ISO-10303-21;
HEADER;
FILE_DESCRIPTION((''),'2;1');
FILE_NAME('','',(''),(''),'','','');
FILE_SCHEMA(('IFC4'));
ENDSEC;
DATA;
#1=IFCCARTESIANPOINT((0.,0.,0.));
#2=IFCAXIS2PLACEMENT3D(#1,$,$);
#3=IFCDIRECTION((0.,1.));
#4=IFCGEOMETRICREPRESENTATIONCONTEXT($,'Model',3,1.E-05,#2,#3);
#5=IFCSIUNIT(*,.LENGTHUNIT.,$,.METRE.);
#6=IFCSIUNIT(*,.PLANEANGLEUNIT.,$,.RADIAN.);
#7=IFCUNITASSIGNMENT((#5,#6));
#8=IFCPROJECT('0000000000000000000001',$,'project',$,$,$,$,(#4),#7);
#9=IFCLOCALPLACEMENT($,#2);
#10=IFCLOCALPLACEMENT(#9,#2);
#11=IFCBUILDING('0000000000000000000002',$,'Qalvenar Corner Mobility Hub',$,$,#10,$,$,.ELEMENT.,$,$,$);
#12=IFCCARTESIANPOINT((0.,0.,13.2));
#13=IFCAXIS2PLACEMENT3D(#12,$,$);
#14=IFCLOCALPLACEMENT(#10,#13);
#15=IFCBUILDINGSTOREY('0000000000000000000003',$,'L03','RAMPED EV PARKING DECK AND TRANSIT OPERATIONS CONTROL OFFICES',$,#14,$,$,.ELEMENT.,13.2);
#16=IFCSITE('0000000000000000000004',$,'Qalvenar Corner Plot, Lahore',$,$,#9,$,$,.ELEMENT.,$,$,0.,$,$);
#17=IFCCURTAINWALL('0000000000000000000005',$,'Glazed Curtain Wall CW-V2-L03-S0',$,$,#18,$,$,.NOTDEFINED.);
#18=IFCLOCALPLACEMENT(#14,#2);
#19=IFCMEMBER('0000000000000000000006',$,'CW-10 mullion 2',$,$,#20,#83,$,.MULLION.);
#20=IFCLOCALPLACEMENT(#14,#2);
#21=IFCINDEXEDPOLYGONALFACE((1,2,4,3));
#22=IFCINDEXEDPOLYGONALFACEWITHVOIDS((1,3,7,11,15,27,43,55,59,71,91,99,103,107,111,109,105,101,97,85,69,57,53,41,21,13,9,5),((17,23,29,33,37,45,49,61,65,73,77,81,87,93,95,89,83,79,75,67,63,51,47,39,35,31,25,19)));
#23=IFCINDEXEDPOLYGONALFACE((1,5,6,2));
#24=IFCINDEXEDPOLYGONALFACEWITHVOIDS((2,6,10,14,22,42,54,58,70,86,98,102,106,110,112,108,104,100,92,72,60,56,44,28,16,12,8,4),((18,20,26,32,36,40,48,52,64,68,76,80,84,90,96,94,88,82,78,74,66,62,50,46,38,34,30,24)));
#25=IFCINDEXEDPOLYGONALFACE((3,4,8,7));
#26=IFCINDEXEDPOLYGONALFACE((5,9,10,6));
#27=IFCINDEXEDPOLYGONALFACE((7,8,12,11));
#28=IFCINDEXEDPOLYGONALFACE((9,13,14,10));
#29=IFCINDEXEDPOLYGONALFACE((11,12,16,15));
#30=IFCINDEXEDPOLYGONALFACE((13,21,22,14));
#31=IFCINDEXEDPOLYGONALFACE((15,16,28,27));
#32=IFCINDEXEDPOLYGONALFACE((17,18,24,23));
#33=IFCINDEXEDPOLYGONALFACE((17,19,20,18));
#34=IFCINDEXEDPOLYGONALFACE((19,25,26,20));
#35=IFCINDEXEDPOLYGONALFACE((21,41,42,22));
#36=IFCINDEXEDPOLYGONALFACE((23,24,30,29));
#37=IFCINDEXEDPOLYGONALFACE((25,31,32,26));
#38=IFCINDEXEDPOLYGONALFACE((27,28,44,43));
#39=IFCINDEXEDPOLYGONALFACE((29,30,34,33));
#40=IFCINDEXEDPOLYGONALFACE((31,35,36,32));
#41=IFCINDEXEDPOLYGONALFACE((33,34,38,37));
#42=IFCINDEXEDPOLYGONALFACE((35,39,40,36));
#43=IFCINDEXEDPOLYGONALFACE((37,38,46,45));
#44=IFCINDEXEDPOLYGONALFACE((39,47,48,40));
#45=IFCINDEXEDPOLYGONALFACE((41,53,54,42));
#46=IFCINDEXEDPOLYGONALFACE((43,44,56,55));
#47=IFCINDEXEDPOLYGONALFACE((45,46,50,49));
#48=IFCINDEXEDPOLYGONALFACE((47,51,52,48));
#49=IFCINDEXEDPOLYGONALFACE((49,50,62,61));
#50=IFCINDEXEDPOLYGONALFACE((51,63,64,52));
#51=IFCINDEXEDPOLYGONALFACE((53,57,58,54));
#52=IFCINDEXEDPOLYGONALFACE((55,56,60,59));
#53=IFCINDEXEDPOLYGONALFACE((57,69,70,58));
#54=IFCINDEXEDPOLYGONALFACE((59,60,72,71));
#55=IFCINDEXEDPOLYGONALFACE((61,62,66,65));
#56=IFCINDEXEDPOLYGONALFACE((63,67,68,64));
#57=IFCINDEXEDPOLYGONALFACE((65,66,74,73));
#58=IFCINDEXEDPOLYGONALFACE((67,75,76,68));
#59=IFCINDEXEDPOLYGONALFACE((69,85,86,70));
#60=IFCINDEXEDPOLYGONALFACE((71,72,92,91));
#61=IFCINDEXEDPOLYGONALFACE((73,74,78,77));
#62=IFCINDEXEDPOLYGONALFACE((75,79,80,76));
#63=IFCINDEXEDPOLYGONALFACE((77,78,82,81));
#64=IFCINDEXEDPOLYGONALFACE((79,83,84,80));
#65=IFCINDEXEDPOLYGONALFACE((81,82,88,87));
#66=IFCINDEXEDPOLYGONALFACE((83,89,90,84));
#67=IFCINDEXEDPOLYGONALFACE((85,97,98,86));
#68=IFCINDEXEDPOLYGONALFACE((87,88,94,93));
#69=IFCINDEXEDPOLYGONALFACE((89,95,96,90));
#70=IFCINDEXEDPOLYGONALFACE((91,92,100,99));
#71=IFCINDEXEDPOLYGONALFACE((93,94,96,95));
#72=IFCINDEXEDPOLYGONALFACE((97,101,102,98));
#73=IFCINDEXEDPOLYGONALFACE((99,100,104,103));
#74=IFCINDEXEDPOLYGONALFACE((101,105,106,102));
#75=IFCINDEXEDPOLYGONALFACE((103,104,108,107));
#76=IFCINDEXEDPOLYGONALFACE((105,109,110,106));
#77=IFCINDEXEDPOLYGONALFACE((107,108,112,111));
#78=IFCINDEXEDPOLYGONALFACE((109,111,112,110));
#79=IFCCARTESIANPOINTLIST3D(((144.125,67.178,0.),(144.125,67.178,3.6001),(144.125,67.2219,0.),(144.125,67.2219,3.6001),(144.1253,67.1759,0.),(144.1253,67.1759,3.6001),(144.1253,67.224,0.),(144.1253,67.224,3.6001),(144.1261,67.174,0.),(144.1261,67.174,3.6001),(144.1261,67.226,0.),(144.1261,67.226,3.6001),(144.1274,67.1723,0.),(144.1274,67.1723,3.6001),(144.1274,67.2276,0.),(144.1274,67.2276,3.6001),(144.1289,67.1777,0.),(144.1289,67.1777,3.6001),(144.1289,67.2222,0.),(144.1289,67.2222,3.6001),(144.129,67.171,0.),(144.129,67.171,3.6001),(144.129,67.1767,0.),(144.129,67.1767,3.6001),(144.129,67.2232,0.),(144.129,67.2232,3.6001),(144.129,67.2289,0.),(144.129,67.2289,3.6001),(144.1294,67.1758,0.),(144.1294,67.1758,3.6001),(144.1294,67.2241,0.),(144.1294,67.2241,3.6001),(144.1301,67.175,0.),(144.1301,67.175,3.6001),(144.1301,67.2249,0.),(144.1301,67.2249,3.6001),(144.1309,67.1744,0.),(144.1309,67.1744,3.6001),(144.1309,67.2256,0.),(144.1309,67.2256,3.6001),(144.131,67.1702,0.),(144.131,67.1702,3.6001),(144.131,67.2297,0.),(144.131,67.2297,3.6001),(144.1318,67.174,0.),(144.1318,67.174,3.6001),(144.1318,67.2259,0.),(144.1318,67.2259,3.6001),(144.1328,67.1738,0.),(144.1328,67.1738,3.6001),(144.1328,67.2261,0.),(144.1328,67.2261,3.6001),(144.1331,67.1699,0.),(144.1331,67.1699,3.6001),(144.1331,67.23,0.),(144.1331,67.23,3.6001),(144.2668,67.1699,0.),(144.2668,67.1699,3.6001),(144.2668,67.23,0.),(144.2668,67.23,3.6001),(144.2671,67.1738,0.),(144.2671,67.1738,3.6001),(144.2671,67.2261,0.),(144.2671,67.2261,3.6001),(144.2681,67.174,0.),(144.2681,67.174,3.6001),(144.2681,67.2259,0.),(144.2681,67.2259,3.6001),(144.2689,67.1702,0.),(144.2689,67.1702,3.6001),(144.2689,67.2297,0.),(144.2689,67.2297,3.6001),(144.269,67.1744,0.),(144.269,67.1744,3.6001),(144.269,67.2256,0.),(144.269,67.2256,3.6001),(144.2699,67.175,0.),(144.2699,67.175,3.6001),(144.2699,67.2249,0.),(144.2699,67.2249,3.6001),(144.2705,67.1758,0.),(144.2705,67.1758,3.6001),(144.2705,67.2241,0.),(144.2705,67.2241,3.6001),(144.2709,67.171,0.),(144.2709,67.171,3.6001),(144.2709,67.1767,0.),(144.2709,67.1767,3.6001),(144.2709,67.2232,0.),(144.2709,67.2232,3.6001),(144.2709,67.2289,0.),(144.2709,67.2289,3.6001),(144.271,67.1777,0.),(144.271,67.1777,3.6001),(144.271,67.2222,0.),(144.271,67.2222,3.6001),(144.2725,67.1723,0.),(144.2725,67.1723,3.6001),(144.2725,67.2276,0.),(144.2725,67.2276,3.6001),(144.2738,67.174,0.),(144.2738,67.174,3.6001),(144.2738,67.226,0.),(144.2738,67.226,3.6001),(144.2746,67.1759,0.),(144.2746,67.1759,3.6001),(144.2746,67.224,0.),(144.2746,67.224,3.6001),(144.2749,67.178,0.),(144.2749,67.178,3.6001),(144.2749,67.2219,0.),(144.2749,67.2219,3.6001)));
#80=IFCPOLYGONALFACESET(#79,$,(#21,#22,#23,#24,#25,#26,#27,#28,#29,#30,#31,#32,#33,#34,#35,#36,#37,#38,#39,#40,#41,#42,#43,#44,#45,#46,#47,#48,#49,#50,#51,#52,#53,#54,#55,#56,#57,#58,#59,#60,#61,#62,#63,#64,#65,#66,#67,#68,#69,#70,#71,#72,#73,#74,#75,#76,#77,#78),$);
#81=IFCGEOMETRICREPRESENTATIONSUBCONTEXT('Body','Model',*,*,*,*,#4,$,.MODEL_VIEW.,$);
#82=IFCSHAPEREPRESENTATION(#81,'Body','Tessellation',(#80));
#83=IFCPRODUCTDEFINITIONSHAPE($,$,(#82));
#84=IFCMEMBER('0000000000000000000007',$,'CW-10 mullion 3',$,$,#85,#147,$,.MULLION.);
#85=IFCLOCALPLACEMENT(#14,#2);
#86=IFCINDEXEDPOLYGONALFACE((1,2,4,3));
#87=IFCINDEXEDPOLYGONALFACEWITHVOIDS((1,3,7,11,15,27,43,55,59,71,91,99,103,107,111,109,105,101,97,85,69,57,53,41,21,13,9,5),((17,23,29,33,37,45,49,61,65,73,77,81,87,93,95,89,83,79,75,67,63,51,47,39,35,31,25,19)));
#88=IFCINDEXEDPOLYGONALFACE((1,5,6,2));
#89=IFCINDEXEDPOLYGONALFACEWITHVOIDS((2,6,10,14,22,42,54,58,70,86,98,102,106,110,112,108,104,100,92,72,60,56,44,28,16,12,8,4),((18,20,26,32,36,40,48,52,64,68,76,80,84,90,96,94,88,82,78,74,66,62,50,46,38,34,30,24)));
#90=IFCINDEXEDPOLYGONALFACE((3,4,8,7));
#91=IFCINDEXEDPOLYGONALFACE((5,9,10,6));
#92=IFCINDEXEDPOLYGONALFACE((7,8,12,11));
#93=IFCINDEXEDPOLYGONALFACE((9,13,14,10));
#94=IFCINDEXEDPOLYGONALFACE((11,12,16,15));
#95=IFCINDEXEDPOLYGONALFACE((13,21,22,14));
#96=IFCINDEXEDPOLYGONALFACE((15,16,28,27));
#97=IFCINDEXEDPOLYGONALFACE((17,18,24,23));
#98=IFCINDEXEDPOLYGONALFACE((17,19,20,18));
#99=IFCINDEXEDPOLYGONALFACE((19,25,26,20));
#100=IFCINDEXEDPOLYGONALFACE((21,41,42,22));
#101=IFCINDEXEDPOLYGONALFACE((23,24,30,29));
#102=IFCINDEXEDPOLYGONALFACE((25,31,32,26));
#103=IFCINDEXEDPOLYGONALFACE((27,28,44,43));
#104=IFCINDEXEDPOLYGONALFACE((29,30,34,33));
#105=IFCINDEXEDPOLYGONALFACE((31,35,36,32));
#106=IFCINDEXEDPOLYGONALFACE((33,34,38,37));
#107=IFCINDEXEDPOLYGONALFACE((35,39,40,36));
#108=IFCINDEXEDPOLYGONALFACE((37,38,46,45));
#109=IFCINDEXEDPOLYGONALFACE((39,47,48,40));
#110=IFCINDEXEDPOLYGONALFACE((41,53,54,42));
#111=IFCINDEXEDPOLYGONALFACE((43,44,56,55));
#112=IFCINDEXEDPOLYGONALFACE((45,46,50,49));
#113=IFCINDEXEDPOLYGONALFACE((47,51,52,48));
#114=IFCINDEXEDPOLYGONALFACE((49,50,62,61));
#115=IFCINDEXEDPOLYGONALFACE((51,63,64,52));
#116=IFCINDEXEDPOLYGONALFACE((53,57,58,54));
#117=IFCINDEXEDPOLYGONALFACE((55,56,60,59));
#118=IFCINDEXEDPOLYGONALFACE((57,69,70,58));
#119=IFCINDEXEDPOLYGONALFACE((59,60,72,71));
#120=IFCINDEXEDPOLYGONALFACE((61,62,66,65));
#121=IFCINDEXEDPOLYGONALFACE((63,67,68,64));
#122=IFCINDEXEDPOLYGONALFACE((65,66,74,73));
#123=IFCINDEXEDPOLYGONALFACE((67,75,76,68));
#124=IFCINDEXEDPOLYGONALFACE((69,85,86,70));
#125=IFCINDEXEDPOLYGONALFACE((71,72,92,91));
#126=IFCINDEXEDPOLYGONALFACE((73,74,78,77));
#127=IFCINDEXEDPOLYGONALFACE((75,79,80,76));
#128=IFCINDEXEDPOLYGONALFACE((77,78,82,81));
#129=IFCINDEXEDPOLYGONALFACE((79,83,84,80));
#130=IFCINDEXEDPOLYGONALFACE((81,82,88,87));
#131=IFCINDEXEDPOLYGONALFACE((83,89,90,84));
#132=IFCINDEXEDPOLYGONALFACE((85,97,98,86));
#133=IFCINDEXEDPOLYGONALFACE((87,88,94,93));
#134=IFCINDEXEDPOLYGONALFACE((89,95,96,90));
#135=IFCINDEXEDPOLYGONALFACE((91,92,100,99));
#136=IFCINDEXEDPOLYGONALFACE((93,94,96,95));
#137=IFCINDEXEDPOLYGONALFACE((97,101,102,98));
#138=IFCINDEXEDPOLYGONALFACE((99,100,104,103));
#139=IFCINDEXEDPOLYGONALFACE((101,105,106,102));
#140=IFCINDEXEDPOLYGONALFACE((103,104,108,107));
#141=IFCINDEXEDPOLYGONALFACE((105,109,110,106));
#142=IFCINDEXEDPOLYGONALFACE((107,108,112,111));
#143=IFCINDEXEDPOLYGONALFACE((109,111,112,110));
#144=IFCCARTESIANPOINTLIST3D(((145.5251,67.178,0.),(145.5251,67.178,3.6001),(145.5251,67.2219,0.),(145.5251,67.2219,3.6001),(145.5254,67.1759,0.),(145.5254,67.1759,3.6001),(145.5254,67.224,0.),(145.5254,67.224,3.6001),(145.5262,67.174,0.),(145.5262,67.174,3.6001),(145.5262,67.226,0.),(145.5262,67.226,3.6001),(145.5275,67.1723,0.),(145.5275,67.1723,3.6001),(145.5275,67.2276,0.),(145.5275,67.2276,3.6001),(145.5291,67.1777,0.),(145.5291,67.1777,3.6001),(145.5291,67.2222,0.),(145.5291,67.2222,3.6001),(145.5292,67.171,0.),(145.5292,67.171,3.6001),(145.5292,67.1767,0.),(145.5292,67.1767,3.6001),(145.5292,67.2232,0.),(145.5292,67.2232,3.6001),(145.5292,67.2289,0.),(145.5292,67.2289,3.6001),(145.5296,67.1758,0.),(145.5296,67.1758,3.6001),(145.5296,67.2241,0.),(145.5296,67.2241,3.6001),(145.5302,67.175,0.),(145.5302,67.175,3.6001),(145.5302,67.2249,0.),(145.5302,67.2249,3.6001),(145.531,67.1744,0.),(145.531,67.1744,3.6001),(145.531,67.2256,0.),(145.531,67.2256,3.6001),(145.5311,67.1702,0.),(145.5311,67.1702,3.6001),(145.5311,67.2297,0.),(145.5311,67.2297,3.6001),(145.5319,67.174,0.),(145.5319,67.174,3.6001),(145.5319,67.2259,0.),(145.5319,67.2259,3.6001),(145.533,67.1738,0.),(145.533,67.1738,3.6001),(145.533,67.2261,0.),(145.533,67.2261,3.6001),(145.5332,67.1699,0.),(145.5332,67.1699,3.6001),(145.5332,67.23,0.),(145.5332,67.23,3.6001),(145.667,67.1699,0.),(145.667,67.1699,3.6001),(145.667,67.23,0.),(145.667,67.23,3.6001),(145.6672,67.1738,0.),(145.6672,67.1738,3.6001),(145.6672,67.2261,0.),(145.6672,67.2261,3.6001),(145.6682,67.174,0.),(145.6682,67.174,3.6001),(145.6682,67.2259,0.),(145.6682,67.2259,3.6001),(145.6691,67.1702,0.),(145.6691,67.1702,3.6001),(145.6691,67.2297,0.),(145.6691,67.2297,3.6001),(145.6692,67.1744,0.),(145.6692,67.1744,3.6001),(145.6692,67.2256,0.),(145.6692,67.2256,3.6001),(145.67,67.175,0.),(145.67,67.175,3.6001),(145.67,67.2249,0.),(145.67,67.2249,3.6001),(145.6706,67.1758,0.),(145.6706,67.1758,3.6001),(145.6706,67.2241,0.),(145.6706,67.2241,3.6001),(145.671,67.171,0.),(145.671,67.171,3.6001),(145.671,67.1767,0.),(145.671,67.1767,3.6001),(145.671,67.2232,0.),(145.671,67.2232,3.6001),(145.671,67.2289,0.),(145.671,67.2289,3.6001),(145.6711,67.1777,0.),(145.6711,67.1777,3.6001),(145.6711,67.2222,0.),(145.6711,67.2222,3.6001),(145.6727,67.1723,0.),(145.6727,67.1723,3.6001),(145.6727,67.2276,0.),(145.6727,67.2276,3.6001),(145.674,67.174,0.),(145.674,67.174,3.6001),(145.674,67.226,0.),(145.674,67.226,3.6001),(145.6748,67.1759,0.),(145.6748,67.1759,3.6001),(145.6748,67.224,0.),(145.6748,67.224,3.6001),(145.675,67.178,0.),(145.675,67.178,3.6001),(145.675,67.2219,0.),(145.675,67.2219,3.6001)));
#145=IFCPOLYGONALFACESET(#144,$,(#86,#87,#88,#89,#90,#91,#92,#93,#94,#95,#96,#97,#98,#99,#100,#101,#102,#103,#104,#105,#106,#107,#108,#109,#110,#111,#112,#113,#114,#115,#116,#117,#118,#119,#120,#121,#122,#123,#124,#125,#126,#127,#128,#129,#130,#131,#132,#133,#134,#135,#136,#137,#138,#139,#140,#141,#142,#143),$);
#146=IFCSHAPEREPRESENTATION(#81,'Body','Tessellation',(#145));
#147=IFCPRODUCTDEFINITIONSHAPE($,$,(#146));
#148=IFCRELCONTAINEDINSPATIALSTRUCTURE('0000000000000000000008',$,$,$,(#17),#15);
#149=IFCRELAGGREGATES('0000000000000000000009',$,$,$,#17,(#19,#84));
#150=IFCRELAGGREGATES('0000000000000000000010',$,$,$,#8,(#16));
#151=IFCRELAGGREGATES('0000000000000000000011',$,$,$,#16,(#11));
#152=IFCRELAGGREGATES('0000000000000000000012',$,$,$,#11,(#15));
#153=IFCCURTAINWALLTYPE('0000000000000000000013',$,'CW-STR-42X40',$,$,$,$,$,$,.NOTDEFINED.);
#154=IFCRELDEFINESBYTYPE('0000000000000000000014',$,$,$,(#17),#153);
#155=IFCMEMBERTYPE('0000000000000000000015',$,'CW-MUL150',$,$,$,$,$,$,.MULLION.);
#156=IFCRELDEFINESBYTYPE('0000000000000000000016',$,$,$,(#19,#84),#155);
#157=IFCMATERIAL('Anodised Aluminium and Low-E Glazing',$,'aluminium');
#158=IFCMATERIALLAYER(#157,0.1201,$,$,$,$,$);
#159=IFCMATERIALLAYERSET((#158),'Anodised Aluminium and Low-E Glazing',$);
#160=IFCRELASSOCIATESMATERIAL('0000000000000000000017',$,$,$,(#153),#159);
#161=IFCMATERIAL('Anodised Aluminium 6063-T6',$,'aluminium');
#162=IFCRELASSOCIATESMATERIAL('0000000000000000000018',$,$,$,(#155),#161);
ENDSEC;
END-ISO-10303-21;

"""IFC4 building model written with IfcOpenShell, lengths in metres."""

from ifc_helpers import new_model, si_unit, direction, frame, origin, origin_2d, place, context, subcontext, project, spatial, hollow_rectangle, extrude, material, layer, layer_set, material_profile, profile_set, type_object, element, aggregate, save


model = new_model("IFC4")

# Units and contexts
model_context = context("Model", 3, precision=1e-05, world=origin(), true_north=direction((0.0, 1.0)))
body_context = subcontext(model_context, "Body", "Model", "MODEL_VIEW")
ifc_project = project(units=[si_unit("LENGTHUNIT", "METRE"), si_unit("PLANEANGLEUNIT", "RADIAN")], contexts=[model_context])

# Site, building, storey
site_placement = place(None, origin())
site = spatial("IfcSite", under=ifc_project, at=site_placement, Name="Qalvenar Corner Plot, Lahore", CompositionType="ELEMENT", RefElevation=0.0)
building_placement = place(site_placement, origin())
building = spatial("IfcBuilding", under=site, at=building_placement, Name="Qalvenar Corner Mobility Hub", CompositionType="ELEMENT")
storey_placement = place(building_placement, frame((0.0, 0.0, 13.2)))
storey = spatial("IfcBuildingStorey", under=building, at=storey_placement, Name="L03", Description="RAMPED EV PARKING DECK AND TRANSIT OPERATIONS CONTROL OFFICES", CompositionType="ELEMENT", Elevation=13.2)

# Curtain wall, members
ifc_material_1 = material(Name="Anodised Aluminium and Low-E Glazing", Category="aluminium")
ifc_layer_1 = layer(ifc_material_1, 0.1201)
ifc_layer_set_1 = layer_set([ifc_layer_1], Name="Anodised Aluminium and Low-E Glazing")
curtain_wall_type = type_object("IfcCurtainWallType", Name="CW-STR-42X40", PredefinedType="NOTDEFINED", material=ifc_layer_set_1)
curtain_wall_placement = place(storey_placement, origin())
curtain_wall = element("IfcCurtainWall", 1, at=curtain_wall_placement, inside=storey, type_object=curtain_wall_type, Name="Glazed Curtain Wall CW-V2-L03-S0", PredefinedType="NOTDEFINED")
ifc_material_2 = material(Name="Anodised Aluminium 6063-T6", Category="aluminium")
ifc_material_profile_1 = material_profile(ifc_material_2, hollow_rectangle(XDim=0.0601, YDim=0.1499, WallThickness=0.0039, InnerFilletRadius=0.0039, OuterFilletRadius=0.0081, at=origin_2d()), Name="RHS150x60x4")
ifc_profile_set_1 = profile_set([ifc_material_profile_1], Name="Anodised Aluminium 6063-T6")
member_type_1 = type_object("IfcMemberType", Name="CW-MUL150", PredefinedType="MULLION", material=ifc_profile_set_1)
member_1_placement = place(storey_placement, frame((144.2, 67.2, 0.0), z_axis=(0.0, 0.0, 1.0), x_axis=(0.0, 1.0, 0.0)))
member_1 = element("IfcMember", 2, at=member_1_placement, type_object=member_type_1, Name="CW-10 mullion 2", PredefinedType="MULLION", context=body_context, shape_type="SweptSolid", body=[
    extrude(hollow_rectangle(XDim=0.0601, YDim=0.1499, WallThickness=0.0039, InnerFilletRadius=0.0039, OuterFilletRadius=0.0081, at=origin_2d()), origin(), (0.0, 0.0, 1.0), 3.6001),
])
member_2_placement = place(storey_placement, frame((145.6001, 67.2, 0.0), z_axis=(0.0, 0.0, 1.0), x_axis=(0.0, 1.0, 0.0)))
member_2 = element("IfcMember", 3, at=member_2_placement, type_object=member_type_1, Name="CW-10 mullion 3", PredefinedType="MULLION", context=body_context, shape_type="SweptSolid", body=[
    extrude(hollow_rectangle(XDim=0.0601, YDim=0.1499, WallThickness=0.0039, InnerFilletRadius=0.0039, OuterFilletRadius=0.0081, at=origin_2d()), origin(), (0.0, 0.0, 1.0), 3.6001),
])
aggregate(curtain_wall, [member_1, member_2])

save(model, "model.ifc")
